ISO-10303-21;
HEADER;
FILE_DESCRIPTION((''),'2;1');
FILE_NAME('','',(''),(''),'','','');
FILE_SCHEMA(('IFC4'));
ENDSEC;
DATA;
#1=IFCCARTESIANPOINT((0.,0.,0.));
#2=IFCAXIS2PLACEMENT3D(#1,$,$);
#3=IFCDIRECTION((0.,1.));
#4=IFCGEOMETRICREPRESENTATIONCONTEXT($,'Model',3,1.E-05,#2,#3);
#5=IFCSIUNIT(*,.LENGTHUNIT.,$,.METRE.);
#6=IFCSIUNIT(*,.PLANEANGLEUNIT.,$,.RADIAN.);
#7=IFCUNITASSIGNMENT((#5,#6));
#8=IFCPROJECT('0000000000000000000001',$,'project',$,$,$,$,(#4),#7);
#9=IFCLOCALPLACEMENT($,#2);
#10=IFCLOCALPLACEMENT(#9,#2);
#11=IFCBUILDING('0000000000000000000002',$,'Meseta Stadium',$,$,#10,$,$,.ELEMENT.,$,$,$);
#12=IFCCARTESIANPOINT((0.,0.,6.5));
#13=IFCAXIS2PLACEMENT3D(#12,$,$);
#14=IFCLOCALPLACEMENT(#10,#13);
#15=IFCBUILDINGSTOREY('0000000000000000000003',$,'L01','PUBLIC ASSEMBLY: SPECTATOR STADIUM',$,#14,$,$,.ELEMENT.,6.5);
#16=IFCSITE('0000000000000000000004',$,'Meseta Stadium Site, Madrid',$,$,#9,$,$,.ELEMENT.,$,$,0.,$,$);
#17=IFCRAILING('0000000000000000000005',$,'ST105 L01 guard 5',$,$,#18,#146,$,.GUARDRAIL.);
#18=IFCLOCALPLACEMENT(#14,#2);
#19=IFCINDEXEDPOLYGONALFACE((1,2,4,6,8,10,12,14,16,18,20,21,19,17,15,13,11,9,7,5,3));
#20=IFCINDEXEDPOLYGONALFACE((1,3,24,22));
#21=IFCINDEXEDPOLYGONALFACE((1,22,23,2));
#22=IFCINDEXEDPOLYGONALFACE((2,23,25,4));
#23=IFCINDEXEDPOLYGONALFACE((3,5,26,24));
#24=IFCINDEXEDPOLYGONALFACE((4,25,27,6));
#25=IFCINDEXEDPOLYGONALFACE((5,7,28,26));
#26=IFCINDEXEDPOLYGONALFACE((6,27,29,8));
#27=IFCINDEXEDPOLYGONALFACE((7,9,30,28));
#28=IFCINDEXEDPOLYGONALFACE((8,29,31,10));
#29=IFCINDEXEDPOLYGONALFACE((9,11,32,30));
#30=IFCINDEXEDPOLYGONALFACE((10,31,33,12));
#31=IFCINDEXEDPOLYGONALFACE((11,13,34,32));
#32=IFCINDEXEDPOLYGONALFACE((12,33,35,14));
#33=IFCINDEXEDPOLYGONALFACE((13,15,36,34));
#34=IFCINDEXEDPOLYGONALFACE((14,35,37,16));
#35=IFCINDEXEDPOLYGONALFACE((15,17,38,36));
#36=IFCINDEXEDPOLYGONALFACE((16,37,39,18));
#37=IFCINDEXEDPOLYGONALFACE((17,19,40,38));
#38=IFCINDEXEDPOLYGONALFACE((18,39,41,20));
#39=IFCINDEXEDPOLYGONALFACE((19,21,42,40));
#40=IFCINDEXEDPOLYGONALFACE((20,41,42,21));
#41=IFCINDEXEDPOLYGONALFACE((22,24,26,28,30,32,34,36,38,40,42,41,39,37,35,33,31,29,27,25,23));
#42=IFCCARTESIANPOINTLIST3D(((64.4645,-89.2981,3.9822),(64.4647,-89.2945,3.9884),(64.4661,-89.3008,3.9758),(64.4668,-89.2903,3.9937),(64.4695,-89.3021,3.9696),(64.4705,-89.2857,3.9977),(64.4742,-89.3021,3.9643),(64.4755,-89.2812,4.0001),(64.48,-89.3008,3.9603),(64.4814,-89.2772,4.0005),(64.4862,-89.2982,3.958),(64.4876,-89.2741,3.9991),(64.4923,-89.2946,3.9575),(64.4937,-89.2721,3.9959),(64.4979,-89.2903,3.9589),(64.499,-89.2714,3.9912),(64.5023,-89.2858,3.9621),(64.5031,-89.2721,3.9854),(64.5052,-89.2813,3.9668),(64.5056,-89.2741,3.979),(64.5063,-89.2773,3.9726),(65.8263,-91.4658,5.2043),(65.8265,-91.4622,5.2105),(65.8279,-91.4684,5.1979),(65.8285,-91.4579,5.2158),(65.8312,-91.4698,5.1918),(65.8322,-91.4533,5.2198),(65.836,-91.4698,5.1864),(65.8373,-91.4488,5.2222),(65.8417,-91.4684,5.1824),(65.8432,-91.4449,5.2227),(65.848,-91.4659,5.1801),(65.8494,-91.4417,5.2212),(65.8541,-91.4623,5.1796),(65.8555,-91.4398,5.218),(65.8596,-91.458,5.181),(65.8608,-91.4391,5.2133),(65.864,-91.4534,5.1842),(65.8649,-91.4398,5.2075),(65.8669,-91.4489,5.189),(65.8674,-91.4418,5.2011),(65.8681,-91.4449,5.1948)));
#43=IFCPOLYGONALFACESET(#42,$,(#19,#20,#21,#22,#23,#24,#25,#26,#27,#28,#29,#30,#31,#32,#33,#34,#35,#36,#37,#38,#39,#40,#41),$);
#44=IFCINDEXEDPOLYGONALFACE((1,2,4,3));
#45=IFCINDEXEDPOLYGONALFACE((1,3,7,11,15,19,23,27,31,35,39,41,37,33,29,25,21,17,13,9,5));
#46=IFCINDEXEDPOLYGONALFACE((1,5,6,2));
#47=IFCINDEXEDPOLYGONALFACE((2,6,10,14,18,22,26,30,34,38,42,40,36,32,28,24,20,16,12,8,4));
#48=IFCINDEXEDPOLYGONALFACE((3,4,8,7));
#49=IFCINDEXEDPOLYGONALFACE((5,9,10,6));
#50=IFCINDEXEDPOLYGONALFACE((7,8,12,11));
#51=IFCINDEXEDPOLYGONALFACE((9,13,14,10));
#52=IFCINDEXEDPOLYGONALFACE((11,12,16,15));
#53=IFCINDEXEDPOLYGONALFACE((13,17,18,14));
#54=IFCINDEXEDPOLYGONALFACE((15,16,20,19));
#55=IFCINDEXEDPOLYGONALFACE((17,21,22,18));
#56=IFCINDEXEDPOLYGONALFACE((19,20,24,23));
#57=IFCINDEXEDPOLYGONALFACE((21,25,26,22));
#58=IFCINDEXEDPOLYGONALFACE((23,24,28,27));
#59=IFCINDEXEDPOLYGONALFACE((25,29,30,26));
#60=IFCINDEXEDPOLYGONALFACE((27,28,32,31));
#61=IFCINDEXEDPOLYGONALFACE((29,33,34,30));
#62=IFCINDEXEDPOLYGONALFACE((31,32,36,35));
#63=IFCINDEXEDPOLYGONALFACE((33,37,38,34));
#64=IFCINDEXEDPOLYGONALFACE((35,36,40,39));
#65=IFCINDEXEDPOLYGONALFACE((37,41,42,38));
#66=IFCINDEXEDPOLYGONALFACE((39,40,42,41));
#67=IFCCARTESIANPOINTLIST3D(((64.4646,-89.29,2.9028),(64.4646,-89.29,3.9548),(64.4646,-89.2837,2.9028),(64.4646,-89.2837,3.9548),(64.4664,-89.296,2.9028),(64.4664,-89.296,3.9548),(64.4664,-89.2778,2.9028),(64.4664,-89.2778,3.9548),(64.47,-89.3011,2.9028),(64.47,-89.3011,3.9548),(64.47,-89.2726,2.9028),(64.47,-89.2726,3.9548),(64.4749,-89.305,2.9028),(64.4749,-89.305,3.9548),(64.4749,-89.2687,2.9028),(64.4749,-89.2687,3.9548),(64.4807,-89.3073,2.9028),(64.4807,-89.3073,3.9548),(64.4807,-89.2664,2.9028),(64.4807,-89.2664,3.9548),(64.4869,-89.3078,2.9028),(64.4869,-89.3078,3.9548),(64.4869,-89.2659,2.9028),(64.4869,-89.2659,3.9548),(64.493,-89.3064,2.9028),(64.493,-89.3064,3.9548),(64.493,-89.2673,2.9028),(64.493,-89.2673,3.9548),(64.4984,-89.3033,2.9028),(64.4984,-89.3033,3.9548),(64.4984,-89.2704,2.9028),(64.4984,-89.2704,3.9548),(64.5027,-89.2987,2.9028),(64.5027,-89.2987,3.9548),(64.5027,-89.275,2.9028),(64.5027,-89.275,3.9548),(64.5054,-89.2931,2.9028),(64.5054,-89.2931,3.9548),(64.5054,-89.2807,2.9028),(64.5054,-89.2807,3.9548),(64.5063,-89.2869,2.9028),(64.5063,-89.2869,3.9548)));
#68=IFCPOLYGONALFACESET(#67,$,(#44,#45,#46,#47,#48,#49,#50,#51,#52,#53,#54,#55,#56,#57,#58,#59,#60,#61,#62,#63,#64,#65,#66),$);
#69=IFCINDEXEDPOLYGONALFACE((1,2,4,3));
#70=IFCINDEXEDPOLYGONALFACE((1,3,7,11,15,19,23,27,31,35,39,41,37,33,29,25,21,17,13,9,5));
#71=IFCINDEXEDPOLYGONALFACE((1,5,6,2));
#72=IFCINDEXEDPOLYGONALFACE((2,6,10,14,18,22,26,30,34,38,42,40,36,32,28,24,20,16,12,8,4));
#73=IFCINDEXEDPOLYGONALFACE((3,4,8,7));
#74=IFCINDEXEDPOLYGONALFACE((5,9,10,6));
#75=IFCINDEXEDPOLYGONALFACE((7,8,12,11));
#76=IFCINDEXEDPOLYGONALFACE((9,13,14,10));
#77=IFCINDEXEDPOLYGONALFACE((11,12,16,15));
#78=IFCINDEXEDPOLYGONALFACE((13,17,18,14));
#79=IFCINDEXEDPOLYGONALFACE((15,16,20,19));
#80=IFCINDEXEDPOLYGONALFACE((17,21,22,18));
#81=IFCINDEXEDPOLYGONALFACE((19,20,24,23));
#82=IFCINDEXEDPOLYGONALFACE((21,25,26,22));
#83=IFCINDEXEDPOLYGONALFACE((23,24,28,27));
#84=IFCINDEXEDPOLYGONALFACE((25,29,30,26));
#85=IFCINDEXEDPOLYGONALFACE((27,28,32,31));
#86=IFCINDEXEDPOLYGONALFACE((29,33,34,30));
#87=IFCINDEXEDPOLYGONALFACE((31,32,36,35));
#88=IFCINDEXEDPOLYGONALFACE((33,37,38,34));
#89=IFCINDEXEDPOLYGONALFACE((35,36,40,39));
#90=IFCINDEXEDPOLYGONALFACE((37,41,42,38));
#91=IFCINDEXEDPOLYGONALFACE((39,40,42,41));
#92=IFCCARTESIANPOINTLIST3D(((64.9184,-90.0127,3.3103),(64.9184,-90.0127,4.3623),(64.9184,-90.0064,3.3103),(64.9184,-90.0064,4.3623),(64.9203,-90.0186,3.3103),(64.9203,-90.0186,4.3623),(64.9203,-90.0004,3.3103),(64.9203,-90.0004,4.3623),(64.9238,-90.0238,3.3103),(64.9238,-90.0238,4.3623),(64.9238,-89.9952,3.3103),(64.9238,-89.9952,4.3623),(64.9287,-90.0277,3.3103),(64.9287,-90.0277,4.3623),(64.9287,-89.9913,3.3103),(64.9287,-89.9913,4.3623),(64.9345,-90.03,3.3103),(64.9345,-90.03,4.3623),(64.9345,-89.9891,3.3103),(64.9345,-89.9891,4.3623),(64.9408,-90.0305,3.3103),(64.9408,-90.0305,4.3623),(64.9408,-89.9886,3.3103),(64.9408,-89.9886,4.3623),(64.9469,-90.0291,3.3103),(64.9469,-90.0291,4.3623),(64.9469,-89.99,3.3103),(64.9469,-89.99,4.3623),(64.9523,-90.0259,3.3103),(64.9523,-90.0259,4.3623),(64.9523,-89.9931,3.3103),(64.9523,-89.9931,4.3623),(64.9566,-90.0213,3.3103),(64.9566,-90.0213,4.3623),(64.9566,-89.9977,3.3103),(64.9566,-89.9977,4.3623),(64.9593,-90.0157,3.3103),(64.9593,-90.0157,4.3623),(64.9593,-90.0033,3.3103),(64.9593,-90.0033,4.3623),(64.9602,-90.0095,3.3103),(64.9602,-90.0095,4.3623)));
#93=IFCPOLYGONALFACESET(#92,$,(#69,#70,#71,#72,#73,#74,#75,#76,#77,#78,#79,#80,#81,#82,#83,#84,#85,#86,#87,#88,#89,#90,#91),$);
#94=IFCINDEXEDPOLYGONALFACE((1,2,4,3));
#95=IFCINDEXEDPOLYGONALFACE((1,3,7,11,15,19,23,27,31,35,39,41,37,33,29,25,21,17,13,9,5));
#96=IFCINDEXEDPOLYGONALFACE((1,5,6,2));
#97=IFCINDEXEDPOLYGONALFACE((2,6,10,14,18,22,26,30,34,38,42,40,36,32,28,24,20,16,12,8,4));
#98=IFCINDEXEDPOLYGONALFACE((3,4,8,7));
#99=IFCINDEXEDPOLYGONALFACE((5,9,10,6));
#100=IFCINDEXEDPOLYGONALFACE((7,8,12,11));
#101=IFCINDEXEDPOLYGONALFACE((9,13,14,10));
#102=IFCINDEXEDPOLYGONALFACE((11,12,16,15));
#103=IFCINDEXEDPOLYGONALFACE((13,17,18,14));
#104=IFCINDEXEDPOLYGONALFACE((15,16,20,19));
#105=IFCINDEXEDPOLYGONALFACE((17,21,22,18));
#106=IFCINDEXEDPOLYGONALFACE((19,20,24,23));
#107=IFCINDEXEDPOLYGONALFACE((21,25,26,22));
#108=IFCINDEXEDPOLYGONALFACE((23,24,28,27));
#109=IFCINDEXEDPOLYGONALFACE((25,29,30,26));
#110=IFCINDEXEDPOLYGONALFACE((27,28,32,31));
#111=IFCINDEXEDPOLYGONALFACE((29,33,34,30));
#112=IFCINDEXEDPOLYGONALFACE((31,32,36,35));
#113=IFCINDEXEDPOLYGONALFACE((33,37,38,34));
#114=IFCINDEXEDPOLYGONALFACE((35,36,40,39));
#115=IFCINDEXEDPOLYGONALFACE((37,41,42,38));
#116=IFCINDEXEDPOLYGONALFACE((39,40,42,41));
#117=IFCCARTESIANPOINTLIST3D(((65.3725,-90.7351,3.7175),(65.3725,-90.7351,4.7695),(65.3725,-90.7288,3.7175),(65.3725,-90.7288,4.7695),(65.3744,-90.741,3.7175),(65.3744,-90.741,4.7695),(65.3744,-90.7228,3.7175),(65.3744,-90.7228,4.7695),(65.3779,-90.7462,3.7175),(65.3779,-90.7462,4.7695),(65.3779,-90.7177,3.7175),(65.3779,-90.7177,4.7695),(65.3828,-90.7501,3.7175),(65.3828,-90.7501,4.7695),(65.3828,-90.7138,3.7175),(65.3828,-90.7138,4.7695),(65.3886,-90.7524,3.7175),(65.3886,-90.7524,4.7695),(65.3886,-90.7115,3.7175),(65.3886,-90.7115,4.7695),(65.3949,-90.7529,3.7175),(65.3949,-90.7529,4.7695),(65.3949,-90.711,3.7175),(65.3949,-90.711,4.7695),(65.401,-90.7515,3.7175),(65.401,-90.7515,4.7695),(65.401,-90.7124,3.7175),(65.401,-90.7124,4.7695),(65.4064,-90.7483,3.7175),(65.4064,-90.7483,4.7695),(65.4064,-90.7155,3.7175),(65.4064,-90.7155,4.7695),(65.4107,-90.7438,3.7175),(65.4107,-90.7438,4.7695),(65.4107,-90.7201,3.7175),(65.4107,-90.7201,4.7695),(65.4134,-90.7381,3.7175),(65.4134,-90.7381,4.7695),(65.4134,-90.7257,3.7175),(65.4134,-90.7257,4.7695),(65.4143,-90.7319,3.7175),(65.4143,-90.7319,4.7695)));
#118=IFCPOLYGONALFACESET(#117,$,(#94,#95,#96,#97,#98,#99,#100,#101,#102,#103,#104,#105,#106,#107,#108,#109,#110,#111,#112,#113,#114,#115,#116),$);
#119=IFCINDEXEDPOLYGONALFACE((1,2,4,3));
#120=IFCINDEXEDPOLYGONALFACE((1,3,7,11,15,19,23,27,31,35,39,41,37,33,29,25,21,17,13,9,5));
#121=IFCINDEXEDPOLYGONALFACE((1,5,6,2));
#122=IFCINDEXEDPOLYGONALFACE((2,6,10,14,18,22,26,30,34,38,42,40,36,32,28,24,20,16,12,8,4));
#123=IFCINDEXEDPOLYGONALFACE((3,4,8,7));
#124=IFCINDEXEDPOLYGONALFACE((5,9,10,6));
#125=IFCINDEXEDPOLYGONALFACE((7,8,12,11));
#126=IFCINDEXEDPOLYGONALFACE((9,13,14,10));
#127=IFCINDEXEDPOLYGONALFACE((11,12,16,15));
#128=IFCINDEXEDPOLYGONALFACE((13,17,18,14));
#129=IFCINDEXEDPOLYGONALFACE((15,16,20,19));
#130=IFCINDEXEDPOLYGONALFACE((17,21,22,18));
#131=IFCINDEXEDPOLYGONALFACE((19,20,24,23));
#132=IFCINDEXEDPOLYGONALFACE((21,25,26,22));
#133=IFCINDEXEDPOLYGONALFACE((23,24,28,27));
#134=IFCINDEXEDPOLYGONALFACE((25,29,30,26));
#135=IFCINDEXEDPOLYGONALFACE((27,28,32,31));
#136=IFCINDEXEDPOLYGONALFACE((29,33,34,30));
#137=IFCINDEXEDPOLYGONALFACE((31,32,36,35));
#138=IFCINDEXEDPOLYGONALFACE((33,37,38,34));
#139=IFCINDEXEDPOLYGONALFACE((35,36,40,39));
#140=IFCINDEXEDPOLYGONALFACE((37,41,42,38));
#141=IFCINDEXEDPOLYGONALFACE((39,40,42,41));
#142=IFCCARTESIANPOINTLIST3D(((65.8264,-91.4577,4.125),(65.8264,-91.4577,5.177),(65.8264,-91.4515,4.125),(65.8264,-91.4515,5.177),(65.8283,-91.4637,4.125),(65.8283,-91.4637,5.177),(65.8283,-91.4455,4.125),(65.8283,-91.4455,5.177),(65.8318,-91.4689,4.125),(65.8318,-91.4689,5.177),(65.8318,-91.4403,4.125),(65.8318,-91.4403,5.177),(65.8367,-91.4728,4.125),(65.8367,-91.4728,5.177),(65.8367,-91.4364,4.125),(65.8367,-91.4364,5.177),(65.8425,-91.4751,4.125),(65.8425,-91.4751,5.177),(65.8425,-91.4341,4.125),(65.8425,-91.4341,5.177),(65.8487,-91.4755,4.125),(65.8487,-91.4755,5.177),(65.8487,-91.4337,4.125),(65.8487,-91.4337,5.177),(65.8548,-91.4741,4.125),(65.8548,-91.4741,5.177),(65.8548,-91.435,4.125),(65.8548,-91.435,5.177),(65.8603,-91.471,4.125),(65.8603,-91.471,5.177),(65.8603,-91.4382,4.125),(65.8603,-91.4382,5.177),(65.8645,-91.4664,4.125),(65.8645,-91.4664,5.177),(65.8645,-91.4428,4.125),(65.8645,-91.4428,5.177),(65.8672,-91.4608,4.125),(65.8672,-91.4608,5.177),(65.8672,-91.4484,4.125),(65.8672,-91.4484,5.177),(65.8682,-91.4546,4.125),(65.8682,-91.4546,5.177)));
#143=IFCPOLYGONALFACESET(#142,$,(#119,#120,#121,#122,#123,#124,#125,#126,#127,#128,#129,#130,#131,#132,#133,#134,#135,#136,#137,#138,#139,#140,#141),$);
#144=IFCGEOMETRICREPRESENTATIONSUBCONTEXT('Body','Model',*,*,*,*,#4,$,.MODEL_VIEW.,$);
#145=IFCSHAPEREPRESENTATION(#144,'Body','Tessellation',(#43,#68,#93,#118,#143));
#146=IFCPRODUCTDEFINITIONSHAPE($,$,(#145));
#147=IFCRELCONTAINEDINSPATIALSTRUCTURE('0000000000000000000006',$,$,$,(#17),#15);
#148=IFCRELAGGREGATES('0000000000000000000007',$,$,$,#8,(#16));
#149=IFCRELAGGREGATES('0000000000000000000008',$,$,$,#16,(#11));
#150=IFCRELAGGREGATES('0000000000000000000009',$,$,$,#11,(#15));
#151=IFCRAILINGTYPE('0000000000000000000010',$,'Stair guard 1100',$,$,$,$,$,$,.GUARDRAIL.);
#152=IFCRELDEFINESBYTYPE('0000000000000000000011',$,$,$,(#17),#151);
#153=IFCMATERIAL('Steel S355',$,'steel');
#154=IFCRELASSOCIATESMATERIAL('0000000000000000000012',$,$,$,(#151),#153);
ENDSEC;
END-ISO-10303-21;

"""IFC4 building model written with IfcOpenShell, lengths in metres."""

from ifc_helpers import new_model, si_unit, direction, frame, origin, origin_2d, place, context, subcontext, project, spatial, circle, extrude, material, type_object, element, save


model = new_model("IFC4")

# Units and contexts
model_context = context("Model", 3, precision=1e-05, world=origin(), true_north=direction((0.0, 1.0)))
body_context = subcontext(model_context, "Body", "Model", "MODEL_VIEW")
ifc_project = project(units=[si_unit("LENGTHUNIT", "METRE"), si_unit("PLANEANGLEUNIT", "RADIAN")], contexts=[model_context])

# Site, building, storey
site_placement = place(None, origin())
site = spatial("IfcSite", under=ifc_project, at=site_placement, Name="Meseta Stadium Site, Madrid", CompositionType="ELEMENT", RefElevation=0.0)
building_placement = place(site_placement, origin())
building = spatial("IfcBuilding", under=site, at=building_placement, Name="Meseta Stadium", CompositionType="ELEMENT")
storey_placement = place(building_placement, frame((0.0, 0.0, 6.5)))
storey = spatial("IfcBuildingStorey", under=building, at=storey_placement, Name="L01", Description="PUBLIC ASSEMBLY: SPECTATOR STADIUM", CompositionType="ELEMENT", Elevation=6.5)

# Railing
ifc_material_1 = material(Name="Steel S355", Category="steel")
railing_type_1 = type_object("IfcRailingType", Name="Stair guard 1100", PredefinedType="GUARDRAIL", material=ifc_material_1)
railing_1_placement = place(storey_placement, frame((64.4854, -89.2869, 2.9028)))
element("IfcRailing", 1, at=railing_1_placement, inside=storey, type_object=railing_type_1, Name="ST105 L01 guard 5", PredefinedType="GUARDRAIL", context=body_context, shape_type="SweptSolid", body=[
    extrude(circle(Radius=0.0239, at=origin_2d()), frame((0.0, 0.0, 1.0762), z_axis=(0.480059, -0.764152, 0.430831), x_axis=(0.846769, 0.531961, 0.0)), (0.0, 0.0, 1.0), 2.8367),
    extrude(circle(Radius=0.021, at=origin_2d()), origin(), (0.0, 0.0, 1.0), 1.052),
    extrude(circle(Radius=0.021, at=origin_2d()), frame((0.4539, -0.7227, 0.4075)), (0.0, 0.0, 1.0), 1.052),
    extrude(circle(Radius=0.021, at=origin_2d()), frame((0.908, -1.4451, 0.8147)), (0.0, 0.0, 1.0), 1.052),
    extrude(circle(Radius=0.021, at=origin_2d()), frame((1.3618, -2.1677, 1.2222)), (0.0, 0.0, 1.0), 1.052),
])

save(model, "model.ifc")
